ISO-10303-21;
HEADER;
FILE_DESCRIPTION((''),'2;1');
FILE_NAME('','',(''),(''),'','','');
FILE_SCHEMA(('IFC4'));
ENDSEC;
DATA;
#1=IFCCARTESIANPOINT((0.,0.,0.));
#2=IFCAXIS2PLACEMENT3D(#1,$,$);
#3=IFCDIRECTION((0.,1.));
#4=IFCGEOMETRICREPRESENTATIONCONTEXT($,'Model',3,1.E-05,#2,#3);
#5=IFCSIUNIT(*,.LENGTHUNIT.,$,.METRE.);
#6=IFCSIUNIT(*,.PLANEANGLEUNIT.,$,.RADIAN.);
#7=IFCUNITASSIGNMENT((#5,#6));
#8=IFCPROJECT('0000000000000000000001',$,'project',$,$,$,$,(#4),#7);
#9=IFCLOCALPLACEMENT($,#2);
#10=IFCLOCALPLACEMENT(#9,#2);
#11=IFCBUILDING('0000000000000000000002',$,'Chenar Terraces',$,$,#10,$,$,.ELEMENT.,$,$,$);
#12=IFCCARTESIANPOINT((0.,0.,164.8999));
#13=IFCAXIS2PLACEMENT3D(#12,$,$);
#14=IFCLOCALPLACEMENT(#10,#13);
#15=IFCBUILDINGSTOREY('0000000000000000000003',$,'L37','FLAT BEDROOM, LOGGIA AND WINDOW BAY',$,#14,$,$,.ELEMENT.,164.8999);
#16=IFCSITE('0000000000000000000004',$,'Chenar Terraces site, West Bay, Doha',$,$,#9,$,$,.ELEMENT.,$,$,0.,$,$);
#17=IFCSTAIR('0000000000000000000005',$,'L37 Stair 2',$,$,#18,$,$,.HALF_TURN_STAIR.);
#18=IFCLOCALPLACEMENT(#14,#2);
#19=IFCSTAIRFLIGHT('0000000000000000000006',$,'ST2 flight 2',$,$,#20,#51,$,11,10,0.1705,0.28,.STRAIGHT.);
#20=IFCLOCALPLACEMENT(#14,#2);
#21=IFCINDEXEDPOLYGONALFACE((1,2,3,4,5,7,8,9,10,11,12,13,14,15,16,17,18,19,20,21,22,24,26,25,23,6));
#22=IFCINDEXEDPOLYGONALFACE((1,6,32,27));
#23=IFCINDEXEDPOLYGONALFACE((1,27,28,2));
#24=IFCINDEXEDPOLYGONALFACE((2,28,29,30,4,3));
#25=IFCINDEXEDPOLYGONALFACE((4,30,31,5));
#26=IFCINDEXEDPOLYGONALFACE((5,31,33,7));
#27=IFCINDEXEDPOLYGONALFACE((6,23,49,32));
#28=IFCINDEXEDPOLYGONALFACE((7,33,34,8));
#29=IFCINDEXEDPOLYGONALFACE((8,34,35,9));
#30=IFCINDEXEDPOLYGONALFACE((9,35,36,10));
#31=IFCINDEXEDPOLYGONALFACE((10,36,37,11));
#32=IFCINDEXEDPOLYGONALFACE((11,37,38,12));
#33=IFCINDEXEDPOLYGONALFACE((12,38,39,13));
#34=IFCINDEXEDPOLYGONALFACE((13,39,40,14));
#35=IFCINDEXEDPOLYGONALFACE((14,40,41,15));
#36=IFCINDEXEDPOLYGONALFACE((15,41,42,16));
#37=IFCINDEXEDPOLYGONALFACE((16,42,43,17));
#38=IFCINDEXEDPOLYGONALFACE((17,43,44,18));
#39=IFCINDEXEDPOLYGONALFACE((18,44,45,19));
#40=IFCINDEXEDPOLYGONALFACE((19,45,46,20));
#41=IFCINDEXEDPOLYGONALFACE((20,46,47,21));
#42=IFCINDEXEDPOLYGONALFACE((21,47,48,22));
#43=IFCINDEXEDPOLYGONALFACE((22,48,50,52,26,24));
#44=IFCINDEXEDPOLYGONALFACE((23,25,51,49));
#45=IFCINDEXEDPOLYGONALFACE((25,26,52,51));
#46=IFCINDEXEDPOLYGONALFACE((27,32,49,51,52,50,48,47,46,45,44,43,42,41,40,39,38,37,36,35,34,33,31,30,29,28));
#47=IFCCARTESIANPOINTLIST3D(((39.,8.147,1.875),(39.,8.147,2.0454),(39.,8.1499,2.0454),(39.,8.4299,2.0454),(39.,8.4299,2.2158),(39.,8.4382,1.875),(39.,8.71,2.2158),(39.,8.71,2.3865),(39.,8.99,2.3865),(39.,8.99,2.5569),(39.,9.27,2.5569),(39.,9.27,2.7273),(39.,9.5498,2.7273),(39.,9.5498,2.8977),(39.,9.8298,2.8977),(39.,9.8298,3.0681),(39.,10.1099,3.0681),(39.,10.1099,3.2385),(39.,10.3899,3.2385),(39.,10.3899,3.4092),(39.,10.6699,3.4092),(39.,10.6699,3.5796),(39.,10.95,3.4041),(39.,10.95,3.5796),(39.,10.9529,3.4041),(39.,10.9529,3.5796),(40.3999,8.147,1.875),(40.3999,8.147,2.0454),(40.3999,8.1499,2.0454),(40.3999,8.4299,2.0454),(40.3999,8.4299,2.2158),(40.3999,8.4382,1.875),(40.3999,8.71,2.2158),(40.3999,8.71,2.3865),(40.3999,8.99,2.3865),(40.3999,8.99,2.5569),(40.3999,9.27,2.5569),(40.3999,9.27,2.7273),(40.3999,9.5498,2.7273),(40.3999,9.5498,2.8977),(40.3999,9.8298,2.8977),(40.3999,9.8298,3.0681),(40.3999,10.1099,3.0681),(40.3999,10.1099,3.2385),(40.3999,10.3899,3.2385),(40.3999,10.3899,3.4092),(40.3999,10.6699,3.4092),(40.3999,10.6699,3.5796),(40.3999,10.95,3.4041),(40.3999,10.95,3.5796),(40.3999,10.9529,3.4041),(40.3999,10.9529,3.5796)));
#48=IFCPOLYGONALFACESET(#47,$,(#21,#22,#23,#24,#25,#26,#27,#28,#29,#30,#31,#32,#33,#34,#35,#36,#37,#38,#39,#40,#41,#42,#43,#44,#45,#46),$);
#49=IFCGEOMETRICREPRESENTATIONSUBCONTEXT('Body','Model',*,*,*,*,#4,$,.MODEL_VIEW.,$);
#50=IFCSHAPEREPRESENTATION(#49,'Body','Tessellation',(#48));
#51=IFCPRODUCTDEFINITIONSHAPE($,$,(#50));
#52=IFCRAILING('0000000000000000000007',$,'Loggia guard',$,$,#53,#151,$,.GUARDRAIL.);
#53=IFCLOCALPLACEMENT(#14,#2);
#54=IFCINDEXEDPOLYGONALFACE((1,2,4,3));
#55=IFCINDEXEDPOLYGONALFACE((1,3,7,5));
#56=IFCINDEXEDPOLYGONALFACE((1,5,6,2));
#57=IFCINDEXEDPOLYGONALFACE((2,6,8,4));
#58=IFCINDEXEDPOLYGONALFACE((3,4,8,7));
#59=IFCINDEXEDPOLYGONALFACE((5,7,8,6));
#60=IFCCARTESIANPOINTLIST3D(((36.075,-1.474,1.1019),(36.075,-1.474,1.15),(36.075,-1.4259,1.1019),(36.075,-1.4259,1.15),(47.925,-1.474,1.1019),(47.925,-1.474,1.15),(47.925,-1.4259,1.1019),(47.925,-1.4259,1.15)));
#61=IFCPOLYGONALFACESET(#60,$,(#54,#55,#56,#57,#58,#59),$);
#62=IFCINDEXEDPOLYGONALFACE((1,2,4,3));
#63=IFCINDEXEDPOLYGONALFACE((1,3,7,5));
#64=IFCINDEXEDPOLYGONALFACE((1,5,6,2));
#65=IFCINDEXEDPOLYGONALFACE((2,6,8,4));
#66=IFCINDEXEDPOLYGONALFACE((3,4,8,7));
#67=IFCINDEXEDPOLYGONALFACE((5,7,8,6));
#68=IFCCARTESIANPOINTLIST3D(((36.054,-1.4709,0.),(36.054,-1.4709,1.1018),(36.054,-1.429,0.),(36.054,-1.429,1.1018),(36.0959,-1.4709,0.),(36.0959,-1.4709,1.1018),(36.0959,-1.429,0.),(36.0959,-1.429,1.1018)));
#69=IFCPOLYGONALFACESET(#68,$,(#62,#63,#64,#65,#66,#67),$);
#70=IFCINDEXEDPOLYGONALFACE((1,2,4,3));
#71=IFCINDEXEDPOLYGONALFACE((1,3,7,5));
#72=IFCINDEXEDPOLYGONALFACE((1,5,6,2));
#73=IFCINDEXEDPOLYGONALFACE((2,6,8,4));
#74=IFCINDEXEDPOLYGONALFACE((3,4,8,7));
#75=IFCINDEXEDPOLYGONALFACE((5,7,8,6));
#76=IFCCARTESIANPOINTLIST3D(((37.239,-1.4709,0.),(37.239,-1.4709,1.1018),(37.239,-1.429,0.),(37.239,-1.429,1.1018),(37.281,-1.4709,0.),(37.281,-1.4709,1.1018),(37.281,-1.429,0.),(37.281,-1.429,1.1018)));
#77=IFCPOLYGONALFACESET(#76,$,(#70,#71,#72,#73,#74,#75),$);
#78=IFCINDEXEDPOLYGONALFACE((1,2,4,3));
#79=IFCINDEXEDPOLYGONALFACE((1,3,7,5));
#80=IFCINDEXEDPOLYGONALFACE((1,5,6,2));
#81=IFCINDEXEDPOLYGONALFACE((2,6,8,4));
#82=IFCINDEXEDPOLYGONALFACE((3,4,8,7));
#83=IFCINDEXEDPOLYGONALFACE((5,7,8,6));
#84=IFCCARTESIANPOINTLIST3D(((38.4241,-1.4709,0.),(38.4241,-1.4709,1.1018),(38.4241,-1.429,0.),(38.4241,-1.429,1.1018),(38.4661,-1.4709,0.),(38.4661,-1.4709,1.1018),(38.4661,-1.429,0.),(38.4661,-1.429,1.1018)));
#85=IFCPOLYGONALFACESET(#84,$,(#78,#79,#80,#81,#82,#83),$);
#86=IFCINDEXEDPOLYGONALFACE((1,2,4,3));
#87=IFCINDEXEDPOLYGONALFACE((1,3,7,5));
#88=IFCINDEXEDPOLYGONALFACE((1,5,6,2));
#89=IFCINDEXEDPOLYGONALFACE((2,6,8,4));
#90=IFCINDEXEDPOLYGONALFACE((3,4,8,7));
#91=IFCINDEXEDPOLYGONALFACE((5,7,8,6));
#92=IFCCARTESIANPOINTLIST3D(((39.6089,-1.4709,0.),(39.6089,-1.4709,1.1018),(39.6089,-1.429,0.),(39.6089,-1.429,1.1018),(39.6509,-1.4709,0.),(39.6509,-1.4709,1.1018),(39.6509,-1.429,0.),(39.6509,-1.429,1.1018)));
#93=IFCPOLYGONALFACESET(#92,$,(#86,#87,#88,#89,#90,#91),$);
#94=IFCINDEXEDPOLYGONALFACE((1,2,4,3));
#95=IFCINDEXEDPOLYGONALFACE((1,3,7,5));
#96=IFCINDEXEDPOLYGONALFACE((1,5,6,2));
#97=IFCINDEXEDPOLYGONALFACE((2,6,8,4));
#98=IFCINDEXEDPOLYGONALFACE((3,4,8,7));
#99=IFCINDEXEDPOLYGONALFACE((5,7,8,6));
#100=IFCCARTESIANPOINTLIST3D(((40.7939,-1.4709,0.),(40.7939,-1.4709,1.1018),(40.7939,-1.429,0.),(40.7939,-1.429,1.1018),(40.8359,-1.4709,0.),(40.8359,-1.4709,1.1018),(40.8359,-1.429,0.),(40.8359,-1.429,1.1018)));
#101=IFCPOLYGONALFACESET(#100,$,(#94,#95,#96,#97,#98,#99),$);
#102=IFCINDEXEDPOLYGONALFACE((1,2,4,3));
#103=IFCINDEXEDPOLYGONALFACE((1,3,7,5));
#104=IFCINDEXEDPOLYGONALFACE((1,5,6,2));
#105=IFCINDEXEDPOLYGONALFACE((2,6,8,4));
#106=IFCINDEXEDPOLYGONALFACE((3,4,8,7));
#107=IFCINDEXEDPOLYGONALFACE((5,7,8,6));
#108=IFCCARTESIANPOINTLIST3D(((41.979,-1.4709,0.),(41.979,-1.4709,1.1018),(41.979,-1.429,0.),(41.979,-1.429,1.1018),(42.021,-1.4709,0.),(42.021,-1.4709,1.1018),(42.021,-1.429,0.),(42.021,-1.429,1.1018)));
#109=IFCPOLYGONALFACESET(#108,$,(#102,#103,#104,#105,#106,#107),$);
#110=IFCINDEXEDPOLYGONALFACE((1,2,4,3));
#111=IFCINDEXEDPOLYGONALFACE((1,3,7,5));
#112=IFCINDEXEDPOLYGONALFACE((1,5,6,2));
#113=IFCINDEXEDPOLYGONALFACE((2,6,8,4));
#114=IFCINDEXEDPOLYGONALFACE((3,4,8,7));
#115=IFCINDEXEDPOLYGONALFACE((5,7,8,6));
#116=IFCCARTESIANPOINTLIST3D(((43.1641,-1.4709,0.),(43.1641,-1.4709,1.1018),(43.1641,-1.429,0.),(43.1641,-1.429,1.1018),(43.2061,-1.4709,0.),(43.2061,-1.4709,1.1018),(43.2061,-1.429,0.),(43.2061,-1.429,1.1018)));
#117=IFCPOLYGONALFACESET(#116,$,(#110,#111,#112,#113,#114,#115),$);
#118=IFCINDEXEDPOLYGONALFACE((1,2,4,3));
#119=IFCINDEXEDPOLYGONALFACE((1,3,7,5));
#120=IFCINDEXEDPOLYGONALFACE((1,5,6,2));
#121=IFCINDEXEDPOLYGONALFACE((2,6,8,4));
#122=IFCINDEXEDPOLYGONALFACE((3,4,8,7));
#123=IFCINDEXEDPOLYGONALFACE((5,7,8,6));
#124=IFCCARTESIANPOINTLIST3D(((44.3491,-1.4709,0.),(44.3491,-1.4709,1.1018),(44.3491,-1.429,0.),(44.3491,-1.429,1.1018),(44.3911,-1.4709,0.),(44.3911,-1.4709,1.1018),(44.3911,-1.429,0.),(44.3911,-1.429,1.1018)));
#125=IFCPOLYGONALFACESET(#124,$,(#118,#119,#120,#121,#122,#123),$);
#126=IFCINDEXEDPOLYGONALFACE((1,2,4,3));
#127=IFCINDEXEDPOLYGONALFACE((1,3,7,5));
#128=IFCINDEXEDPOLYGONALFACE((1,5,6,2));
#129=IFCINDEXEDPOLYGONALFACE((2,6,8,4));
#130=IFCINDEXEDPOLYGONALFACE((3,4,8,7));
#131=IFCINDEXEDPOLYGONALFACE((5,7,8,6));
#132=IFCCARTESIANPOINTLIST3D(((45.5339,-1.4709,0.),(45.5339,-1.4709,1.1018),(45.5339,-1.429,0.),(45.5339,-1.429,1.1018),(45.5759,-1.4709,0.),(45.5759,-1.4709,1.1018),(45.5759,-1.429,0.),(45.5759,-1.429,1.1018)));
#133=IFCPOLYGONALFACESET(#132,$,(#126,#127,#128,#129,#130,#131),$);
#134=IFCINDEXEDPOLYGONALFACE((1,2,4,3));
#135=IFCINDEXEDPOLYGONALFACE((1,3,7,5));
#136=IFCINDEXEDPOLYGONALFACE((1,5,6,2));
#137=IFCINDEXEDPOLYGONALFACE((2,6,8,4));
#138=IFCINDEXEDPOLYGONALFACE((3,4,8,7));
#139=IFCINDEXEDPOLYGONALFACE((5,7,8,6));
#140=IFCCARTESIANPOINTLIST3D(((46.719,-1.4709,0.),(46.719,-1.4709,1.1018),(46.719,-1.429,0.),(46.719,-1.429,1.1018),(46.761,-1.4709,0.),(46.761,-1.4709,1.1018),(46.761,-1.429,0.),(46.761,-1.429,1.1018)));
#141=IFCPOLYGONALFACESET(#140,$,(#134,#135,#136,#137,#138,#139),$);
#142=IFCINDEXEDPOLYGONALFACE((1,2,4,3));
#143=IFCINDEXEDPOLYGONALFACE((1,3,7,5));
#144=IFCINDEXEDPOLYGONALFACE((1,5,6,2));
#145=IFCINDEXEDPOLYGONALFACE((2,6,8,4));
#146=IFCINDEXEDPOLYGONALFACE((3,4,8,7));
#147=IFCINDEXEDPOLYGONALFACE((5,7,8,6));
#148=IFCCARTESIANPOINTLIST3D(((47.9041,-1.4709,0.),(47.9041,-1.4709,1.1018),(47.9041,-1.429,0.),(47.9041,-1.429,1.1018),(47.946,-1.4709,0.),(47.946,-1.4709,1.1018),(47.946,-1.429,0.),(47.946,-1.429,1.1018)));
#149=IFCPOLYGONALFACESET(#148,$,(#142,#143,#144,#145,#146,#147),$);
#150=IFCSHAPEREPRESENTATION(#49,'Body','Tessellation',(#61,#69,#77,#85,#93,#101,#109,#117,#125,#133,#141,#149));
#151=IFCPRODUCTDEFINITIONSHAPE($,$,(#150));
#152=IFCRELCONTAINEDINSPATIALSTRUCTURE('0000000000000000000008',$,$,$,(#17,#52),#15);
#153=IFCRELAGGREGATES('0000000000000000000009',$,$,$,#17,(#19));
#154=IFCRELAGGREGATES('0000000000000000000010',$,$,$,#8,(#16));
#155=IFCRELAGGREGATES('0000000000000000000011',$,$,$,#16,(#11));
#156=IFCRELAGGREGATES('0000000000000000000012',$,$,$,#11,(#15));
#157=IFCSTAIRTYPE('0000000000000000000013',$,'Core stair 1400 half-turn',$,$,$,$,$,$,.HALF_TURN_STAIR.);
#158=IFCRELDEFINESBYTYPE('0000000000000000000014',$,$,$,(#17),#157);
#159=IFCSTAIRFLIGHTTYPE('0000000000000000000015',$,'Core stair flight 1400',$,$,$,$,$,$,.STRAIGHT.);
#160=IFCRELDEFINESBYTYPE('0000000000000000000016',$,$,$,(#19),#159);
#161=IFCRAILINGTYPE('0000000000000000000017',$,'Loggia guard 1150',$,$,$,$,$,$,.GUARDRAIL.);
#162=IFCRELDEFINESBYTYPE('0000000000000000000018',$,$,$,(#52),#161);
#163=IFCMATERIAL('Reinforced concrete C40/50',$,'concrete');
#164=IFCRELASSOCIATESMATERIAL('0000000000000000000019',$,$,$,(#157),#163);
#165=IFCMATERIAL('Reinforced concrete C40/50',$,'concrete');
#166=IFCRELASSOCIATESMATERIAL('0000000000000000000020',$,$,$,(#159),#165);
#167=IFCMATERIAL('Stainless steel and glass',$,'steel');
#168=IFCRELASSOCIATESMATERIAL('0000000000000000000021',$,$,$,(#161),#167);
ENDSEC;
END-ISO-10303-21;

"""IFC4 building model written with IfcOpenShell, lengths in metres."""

from ifc_helpers import new_model, si_unit, direction, frame, origin, origin_2d, place, context, subcontext, project, spatial, polyline, rectangle, outline, extrude, material, type_object, element, aggregate, save


model = new_model("IFC4")

# Units and contexts
model_context = context("Model", 3, precision=1e-05, world=origin(), true_north=direction((0.0, 1.0)))
body_context = subcontext(model_context, "Body", "Model", "MODEL_VIEW")
ifc_project = project(units=[si_unit("LENGTHUNIT", "METRE"), si_unit("PLANEANGLEUNIT", "RADIAN")], contexts=[model_context])

# Site, building, storey
site_placement = place(None, origin())
site = spatial("IfcSite", under=ifc_project, at=site_placement, Name="Chenar Terraces site, West Bay, Doha", CompositionType="ELEMENT", RefElevation=0.0)
building_placement = place(site_placement, origin())
building = spatial("IfcBuilding", under=site, at=building_placement, Name="Chenar Terraces", CompositionType="ELEMENT")
storey_placement = place(building_placement, frame((0.0, 0.0, 164.8999)))
storey = spatial("IfcBuildingStorey", under=building, at=storey_placement, Name="L37", Description="FLAT BEDROOM, LOGGIA AND WINDOW BAY", CompositionType="ELEMENT", Elevation=164.8999)

# Stair, stair flight
ifc_material_1 = material(Name="Reinforced concrete C40/50", Category="concrete")
stair_type = type_object("IfcStairType", Name="Core stair 1400 half-turn", PredefinedType="HALF_TURN_STAIR", material=ifc_material_1)
stair_placement = place(storey_placement, origin())
stair = element("IfcStair", 1, at=stair_placement, inside=storey, type_object=stair_type, Name="L37 Stair 2", PredefinedType="HALF_TURN_STAIR")
ifc_material_2 = material(Name="Reinforced concrete C40/50", Category="concrete")
stair_flight_type = type_object("IfcStairFlightType", Name="Core stair flight 1400", PredefinedType="STRAIGHT", material=ifc_material_2)
stair_flight_1_placement = place(storey_placement, frame((39.7, 8.1499, 1.875), z_axis=(0.0, 0.0, 1.0), x_axis=(0.0, 1.0, 0.0)))
stair_flight_1 = element("IfcStairFlight", 2, at=stair_flight_1_placement, type_object=stair_flight_type, Name="ST2 flight 2", NumberOfRisers=11, NumberOfTreads=10, PredefinedType="STRAIGHT", RiserHeight=0.1705, TreadLength=0.28, context=body_context, shape_type="SweptSolid", body=[
    extrude(outline(polyline([(-0.0029, 0.0), (-0.0029, 0.1704), (0.0, 0.1704), (0.28, 0.1704), (0.28, 0.3408), (0.5601, 0.3408), (0.5601, 0.5115), (0.8401, 0.5115), (0.8401, 0.6819), (1.1201, 0.6819), (1.1201, 0.8523), (1.3999, 0.8523), (1.3999, 1.0227), (1.6799, 1.0227), (1.6799, 1.1931), (1.96, 1.1931), (1.96, 1.3635), (2.24, 1.3635), (2.24, 1.5342), (2.52, 1.5342), (2.52, 1.7046), (2.8, 1.7046), (2.803, 1.7046), (2.803, 1.5291), (2.8, 1.5291), (0.2883, 0.0), (-0.0029, 0.0)])), frame((0.0, 0.7, 0.0), z_axis=(0.0, -1.0, 0.0), x_axis=(1.0, 0.0, 0.0)), (0.0, 0.0, 1.0), 1.3999),
])
aggregate(stair, [stair_flight_1])

# Railing
ifc_material_3 = material(Name="Stainless steel and glass", Category="steel")
railing_type_1 = type_object("IfcRailingType", Name="Loggia guard 1150", PredefinedType="GUARDRAIL", material=ifc_material_3)
railing_1_placement = place(storey_placement, frame((36.075, -1.45, 0.0)))
element("IfcRailing", 3, at=railing_1_placement, inside=storey, type_object=railing_type_1, Name="Loggia guard", PredefinedType="GUARDRAIL", context=body_context, shape_type="SweptSolid", body=[
    extrude(rectangle(XDim=0.0481, YDim=0.0481, at=origin_2d()), frame((0.0, 0.0, 1.126), z_axis=(1.0, 0.0, 0.0), x_axis=(0.0, 1.0, 0.0)), (0.0, 0.0, 1.0), 11.8501),
    extrude(rectangle(XDim=0.042, YDim=0.042, at=origin_2d()), origin(), (0.0, 0.0, 1.0), 1.1018),
    extrude(rectangle(XDim=0.042, YDim=0.042, at=origin_2d()), frame((1.1851, 0.0, 0.0)), (0.0, 0.0, 1.0), 1.1018),
    extrude(rectangle(XDim=0.042, YDim=0.042, at=origin_2d()), frame((2.3701, 0.0, 0.0)), (0.0, 0.0, 1.0), 1.1018),
    extrude(rectangle(XDim=0.042, YDim=0.042, at=origin_2d()), frame((3.5549, 0.0, 0.0)), (0.0, 0.0, 1.0), 1.1018),
    extrude(rectangle(XDim=0.042, YDim=0.042, at=origin_2d()), frame((4.74, 0.0, 0.0)), (0.0, 0.0, 1.0), 1.1018),
    extrude(rectangle(XDim=0.042, YDim=0.042, at=origin_2d()), frame((5.925, 0.0, 0.0)), (0.0, 0.0, 1.0), 1.1018),
    extrude(rectangle(XDim=0.042, YDim=0.042, at=origin_2d()), frame((7.1101, 0.0, 0.0)), (0.0, 0.0, 1.0), 1.1018),
    extrude(rectangle(XDim=0.042, YDim=0.042, at=origin_2d()), frame((8.2952, 0.0, 0.0)), (0.0, 0.0, 1.0), 1.1018),
    extrude(rectangle(XDim=0.042, YDim=0.042, at=origin_2d()), frame((9.48, 0.0, 0.0)), (0.0, 0.0, 1.0), 1.1018),
    extrude(rectangle(XDim=0.042, YDim=0.042, at=origin_2d()), frame((10.665, 0.0, 0.0)), (0.0, 0.0, 1.0), 1.1018),
    extrude(rectangle(XDim=0.042, YDim=0.042, at=origin_2d()), frame((11.8501, 0.0, 0.0)), (0.0, 0.0, 1.0), 1.1018),
])

save(model, "model.ifc")
